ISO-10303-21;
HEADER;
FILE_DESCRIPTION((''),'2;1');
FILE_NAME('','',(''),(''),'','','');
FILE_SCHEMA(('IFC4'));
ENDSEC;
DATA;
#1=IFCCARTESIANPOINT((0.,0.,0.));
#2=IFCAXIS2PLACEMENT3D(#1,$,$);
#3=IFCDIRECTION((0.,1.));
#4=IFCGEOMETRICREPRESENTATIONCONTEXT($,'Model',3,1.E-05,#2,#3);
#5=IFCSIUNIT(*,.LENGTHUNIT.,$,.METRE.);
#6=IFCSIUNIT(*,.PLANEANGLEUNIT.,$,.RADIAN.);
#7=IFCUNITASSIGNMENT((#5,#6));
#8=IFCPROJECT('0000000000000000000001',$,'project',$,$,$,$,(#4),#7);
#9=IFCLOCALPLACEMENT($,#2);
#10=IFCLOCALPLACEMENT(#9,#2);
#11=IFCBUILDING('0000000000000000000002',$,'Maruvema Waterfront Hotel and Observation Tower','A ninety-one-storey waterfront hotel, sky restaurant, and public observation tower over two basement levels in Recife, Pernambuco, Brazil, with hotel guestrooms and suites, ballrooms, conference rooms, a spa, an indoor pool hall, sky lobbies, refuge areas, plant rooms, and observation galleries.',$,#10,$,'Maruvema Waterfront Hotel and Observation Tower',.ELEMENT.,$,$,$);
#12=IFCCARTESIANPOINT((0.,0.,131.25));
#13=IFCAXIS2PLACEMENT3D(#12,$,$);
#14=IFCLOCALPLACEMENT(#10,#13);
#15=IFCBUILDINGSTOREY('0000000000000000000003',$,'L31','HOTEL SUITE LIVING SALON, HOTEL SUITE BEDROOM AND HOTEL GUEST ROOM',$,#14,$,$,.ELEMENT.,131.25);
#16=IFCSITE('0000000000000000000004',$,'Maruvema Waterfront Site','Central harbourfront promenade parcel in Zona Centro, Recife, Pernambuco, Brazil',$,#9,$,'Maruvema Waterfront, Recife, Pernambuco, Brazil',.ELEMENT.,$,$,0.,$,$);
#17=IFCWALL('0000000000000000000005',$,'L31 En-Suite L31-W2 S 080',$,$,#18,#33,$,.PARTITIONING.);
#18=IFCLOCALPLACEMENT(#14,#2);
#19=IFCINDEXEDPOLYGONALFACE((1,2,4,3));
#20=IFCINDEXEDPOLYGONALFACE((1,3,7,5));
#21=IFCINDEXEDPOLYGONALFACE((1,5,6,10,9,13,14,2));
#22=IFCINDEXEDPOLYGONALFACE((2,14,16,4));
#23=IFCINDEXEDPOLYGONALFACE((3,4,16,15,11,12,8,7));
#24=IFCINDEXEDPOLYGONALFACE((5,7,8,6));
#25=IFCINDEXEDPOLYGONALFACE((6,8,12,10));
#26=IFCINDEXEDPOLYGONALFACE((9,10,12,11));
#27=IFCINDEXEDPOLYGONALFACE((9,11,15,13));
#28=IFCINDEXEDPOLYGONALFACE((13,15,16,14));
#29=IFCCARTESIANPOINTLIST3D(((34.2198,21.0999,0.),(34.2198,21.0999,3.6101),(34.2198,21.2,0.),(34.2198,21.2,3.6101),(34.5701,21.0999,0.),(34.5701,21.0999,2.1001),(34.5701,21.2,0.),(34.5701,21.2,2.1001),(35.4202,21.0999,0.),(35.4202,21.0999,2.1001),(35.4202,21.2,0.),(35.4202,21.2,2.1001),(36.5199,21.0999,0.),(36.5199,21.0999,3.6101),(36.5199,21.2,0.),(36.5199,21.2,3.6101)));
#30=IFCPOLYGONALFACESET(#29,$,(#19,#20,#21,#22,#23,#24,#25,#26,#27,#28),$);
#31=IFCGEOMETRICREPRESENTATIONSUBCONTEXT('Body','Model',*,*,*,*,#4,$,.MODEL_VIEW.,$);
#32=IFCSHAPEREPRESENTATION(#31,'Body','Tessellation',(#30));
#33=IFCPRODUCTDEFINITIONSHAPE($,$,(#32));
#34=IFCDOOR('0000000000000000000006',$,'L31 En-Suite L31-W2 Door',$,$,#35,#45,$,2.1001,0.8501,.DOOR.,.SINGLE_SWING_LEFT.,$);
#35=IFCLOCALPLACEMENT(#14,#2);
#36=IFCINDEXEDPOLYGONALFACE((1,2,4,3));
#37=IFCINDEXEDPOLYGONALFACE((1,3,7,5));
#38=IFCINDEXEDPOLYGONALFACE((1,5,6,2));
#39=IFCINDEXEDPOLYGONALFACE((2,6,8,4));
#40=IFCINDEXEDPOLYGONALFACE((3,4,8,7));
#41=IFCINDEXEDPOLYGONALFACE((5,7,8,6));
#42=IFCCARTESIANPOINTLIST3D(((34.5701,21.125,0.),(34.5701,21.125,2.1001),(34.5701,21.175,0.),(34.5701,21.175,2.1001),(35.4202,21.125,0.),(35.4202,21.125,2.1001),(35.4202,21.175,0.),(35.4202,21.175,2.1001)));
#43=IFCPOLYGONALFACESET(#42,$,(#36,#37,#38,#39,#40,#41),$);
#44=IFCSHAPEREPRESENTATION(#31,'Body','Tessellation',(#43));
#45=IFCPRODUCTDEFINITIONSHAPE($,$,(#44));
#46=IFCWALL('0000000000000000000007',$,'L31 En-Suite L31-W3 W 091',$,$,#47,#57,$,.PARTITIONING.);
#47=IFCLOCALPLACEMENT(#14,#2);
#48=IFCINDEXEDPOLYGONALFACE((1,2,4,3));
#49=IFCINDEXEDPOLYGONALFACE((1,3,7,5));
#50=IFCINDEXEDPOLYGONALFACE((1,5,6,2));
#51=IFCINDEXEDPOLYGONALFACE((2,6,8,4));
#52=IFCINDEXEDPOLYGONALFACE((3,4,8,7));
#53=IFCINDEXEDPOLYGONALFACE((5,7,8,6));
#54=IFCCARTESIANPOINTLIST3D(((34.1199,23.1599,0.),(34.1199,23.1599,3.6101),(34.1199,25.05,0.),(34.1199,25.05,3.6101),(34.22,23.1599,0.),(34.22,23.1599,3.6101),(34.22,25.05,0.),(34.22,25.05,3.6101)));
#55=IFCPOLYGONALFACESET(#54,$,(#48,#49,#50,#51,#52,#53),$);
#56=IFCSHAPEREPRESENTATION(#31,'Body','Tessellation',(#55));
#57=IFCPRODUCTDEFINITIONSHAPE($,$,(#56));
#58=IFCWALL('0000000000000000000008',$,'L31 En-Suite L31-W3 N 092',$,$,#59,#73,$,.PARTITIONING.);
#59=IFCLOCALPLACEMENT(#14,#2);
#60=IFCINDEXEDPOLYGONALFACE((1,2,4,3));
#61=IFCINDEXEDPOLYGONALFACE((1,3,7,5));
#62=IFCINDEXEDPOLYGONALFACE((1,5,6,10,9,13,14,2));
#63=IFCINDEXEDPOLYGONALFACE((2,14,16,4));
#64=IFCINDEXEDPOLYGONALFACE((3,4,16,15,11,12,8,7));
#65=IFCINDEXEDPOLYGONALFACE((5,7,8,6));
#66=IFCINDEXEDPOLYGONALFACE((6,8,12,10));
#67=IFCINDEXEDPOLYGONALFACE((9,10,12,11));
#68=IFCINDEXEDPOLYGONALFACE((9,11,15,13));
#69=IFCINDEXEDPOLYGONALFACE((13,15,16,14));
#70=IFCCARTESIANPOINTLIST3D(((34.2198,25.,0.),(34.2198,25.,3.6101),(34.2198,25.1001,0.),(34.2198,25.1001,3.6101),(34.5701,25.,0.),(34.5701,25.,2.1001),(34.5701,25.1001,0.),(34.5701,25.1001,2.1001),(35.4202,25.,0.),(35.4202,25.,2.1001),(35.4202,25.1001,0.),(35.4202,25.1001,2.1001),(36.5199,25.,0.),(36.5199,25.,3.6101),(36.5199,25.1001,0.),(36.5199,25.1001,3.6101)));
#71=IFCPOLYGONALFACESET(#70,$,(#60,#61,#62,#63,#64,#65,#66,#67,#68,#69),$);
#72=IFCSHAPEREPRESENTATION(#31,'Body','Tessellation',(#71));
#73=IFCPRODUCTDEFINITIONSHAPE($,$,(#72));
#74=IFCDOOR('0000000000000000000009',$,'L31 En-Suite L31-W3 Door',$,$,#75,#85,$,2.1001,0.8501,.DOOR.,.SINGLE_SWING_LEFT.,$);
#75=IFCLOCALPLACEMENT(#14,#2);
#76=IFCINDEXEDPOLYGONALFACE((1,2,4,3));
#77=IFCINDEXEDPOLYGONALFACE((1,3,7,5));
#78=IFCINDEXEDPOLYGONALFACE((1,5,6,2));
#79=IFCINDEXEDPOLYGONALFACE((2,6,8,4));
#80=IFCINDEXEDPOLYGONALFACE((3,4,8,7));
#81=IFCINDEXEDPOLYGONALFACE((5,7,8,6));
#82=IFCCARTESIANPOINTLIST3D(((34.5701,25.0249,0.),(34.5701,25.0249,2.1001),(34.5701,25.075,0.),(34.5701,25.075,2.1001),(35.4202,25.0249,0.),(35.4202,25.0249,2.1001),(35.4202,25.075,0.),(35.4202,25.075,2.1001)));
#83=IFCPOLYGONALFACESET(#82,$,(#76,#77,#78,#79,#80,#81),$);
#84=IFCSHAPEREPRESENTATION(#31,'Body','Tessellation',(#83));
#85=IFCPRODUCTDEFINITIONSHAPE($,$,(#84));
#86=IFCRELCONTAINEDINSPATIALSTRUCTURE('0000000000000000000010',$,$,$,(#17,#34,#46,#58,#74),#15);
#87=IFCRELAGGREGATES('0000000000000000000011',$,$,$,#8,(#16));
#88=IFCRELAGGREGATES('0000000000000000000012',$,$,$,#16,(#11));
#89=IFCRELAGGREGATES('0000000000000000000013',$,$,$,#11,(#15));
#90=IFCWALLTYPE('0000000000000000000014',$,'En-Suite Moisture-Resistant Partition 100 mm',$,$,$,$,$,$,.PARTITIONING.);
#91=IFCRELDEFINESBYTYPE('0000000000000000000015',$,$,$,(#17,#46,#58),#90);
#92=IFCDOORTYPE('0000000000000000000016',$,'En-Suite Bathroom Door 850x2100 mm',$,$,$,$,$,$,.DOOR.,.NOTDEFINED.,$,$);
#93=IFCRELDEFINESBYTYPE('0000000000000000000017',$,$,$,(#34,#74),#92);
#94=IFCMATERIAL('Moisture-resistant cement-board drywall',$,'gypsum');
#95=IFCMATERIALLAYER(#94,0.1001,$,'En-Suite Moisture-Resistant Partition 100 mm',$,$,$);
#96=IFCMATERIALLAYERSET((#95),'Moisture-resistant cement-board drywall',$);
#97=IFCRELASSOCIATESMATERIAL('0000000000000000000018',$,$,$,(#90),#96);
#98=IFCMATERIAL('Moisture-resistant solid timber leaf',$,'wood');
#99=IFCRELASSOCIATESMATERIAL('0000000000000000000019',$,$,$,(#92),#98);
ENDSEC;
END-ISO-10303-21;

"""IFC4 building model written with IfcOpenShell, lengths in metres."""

from ifc_helpers import new_model, si_unit, direction, frame, frame_2d, origin, place, context, subcontext, project, spatial, rectangle, extrude, material, layer, layer_set, type_object, element, fill, save


model = new_model("IFC4")

# Units and contexts
model_context = context("Model", 3, precision=1e-05, world=origin(), true_north=direction((0.0, 1.0)))
body_context = subcontext(model_context, "Body", "Model", "MODEL_VIEW")
ifc_project = project(units=[si_unit("LENGTHUNIT", "METRE"), si_unit("PLANEANGLEUNIT", "RADIAN")], contexts=[model_context])

# Site, building, storey
site_placement = place(None, origin())
site = spatial("IfcSite", under=ifc_project, at=site_placement, Name="Maruvema Waterfront Site", Description="Central harbourfront promenade parcel in Zona Centro, Recife, Pernambuco, Brazil", LongName="Maruvema Waterfront, Recife, Pernambuco, Brazil", CompositionType="ELEMENT", RefElevation=0.0)
building_placement = place(site_placement, origin())
building = spatial("IfcBuilding", under=site, at=building_placement, Name="Maruvema Waterfront Hotel and Observation Tower", Description="A ninety-one-storey waterfront hotel, sky restaurant, and public observation tower over two basement levels in Recife, Pernambuco, Brazil, with hotel guestrooms and suites, ballrooms, conference rooms, a spa, an indoor pool hall, sky lobbies, refuge areas, plant rooms, and observation galleries.", LongName="Maruvema Waterfront Hotel and Observation Tower", CompositionType="ELEMENT")
storey_placement = place(building_placement, frame((0.0, 0.0, 131.25)))
storey = spatial("IfcBuildingStorey", under=building, at=storey_placement, Name="L31", Description="HOTEL SUITE LIVING SALON, HOTEL SUITE BEDROOM AND HOTEL GUEST ROOM", CompositionType="ELEMENT", Elevation=131.25)

# Shared definitions
ifc_material_1 = material(Name="Moisture-resistant cement-board drywall", Category="gypsum")
ifc_layer_1 = layer(ifc_material_1, 0.1001, Name="En-Suite Moisture-Resistant Partition 100 mm")
ifc_layer_set_1 = layer_set([ifc_layer_1], Name="Moisture-resistant cement-board drywall")
wall_type_1 = type_object("IfcWallType", Name="En-Suite Moisture-Resistant Partition 100 mm", PredefinedType="PARTITIONING", material=ifc_layer_set_1)

# Wall, opening, door
wall_1_placement = place(storey_placement, frame((34.22, 21.1499, 0.0), z_axis=(0.0, 0.0, 1.0), x_axis=(1.0, 0.0, 0.0)))
wall_1 = element("IfcWall", 1, at=wall_1_placement, inside=storey, type_object=wall_type_1, Name="L31 En-Suite L31-W2 S 080", PredefinedType="PARTITIONING", context=body_context, shape_type="SweptSolid", body=[
    extrude(rectangle(XDim=2.3, YDim=0.1001, at=frame_2d((1.1499, 0.0))), origin(), (0.0, 0.0, 1.0), 3.6101),
])
opening_1_placement = place(wall_1_placement, frame((0.3501, 0.0, 0.0)))
opening_1 = element("IfcOpeningElement", 2, at=opening_1_placement, cuts=wall_1, PredefinedType="OPENING", context=body_context, shape_type="SweptSolid", body=[
    extrude(rectangle(XDim=0.8501, YDim=2.1001, at=frame_2d((0.425, 1.05))), frame((0.0, 0.0601, 0.0), z_axis=(0.0, -1.0, 0.0), x_axis=(1.0, 0.0, 0.0)), (0.0, 0.0, 1.0), 0.1201),
])
ifc_material_2 = material(Name="Moisture-resistant solid timber leaf", Category="wood")
door_type_1 = type_object("IfcDoorType", Name="En-Suite Bathroom Door 850x2100 mm", OperationType="NOTDEFINED", PredefinedType="DOOR", material=ifc_material_2)
door_1_placement = place(opening_1_placement, frame((0.8501, 0.0, 0.0), z_axis=(0.0, 0.0, 1.0), x_axis=(-1.0, 0.0, 0.0)))
door_1 = element("IfcDoor", 3, at=door_1_placement, inside=storey, type_object=door_type_1, Name="L31 En-Suite L31-W2 Door", OperationType="SINGLE_SWING_LEFT", OverallHeight=2.1001, OverallWidth=0.8501, PredefinedType="DOOR", context=body_context, shape_type="SweptSolid", body=[
    extrude(rectangle(XDim=0.8501, YDim=2.1001, at=frame_2d((0.425, 1.05))), frame((0.0, 0.0249, 0.0), z_axis=(0.0, -1.0, 0.0), x_axis=(1.0, 0.0, 0.0)), (0.0, 0.0, 1.0), 0.05),
])
fill(opening_1, door_1)

# Wall
wall_2_placement = place(storey_placement, frame((34.1699, 23.1599, 0.0), z_axis=(0.0, 0.0, 1.0), x_axis=(0.0, 1.0, 0.0)))
element("IfcWall", 4, at=wall_2_placement, inside=storey, type_object=wall_type_1, Name="L31 En-Suite L31-W3 W 091", PredefinedType="PARTITIONING", context=body_context, shape_type="SweptSolid", body=[
    extrude(rectangle(XDim=1.8901, YDim=0.1001, at=frame_2d((0.9451, 0.0))), origin(), (0.0, 0.0, 1.0), 3.6101),
])

# Wall, opening, door
wall_3_placement = place(storey_placement, frame((34.22, 25.05, 0.0), z_axis=(0.0, 0.0, 1.0), x_axis=(1.0, 0.0, 0.0)))
wall_3 = element("IfcWall", 5, at=wall_3_placement, inside=storey, type_object=wall_type_1, Name="L31 En-Suite L31-W3 N 092", PredefinedType="PARTITIONING", context=body_context, shape_type="SweptSolid", body=[
    extrude(rectangle(XDim=2.3, YDim=0.1001, at=frame_2d((1.1499, 0.0))), origin(), (0.0, 0.0, 1.0), 3.6101),
])
opening_2_placement = place(wall_3_placement, frame((0.3501, 0.0, 0.0)))
opening_2 = element("IfcOpeningElement", 6, at=opening_2_placement, cuts=wall_3, PredefinedType="OPENING", context=body_context, shape_type="SweptSolid", body=[
    extrude(rectangle(XDim=0.8501, YDim=2.1001, at=frame_2d((0.425, 1.05))), frame((0.0, 0.0601, 0.0), z_axis=(0.0, -1.0, 0.0), x_axis=(1.0, 0.0, 0.0)), (0.0, 0.0, 1.0), 0.1201),
])
door_2_placement = place(opening_2_placement, origin())
door_2 = element("IfcDoor", 7, at=door_2_placement, inside=storey, type_object=door_type_1, Name="L31 En-Suite L31-W3 Door", OperationType="SINGLE_SWING_LEFT", OverallHeight=2.1001, OverallWidth=0.8501, PredefinedType="DOOR", context=body_context, shape_type="SweptSolid", body=[
    extrude(rectangle(XDim=0.8501, YDim=2.1001, at=frame_2d((0.425, 1.05))), frame((0.0, 0.0249, 0.0), z_axis=(0.0, -1.0, 0.0), x_axis=(1.0, 0.0, 0.0)), (0.0, 0.0, 1.0), 0.05),
])
fill(opening_2, door_2)

save(model, "model.ifc")
